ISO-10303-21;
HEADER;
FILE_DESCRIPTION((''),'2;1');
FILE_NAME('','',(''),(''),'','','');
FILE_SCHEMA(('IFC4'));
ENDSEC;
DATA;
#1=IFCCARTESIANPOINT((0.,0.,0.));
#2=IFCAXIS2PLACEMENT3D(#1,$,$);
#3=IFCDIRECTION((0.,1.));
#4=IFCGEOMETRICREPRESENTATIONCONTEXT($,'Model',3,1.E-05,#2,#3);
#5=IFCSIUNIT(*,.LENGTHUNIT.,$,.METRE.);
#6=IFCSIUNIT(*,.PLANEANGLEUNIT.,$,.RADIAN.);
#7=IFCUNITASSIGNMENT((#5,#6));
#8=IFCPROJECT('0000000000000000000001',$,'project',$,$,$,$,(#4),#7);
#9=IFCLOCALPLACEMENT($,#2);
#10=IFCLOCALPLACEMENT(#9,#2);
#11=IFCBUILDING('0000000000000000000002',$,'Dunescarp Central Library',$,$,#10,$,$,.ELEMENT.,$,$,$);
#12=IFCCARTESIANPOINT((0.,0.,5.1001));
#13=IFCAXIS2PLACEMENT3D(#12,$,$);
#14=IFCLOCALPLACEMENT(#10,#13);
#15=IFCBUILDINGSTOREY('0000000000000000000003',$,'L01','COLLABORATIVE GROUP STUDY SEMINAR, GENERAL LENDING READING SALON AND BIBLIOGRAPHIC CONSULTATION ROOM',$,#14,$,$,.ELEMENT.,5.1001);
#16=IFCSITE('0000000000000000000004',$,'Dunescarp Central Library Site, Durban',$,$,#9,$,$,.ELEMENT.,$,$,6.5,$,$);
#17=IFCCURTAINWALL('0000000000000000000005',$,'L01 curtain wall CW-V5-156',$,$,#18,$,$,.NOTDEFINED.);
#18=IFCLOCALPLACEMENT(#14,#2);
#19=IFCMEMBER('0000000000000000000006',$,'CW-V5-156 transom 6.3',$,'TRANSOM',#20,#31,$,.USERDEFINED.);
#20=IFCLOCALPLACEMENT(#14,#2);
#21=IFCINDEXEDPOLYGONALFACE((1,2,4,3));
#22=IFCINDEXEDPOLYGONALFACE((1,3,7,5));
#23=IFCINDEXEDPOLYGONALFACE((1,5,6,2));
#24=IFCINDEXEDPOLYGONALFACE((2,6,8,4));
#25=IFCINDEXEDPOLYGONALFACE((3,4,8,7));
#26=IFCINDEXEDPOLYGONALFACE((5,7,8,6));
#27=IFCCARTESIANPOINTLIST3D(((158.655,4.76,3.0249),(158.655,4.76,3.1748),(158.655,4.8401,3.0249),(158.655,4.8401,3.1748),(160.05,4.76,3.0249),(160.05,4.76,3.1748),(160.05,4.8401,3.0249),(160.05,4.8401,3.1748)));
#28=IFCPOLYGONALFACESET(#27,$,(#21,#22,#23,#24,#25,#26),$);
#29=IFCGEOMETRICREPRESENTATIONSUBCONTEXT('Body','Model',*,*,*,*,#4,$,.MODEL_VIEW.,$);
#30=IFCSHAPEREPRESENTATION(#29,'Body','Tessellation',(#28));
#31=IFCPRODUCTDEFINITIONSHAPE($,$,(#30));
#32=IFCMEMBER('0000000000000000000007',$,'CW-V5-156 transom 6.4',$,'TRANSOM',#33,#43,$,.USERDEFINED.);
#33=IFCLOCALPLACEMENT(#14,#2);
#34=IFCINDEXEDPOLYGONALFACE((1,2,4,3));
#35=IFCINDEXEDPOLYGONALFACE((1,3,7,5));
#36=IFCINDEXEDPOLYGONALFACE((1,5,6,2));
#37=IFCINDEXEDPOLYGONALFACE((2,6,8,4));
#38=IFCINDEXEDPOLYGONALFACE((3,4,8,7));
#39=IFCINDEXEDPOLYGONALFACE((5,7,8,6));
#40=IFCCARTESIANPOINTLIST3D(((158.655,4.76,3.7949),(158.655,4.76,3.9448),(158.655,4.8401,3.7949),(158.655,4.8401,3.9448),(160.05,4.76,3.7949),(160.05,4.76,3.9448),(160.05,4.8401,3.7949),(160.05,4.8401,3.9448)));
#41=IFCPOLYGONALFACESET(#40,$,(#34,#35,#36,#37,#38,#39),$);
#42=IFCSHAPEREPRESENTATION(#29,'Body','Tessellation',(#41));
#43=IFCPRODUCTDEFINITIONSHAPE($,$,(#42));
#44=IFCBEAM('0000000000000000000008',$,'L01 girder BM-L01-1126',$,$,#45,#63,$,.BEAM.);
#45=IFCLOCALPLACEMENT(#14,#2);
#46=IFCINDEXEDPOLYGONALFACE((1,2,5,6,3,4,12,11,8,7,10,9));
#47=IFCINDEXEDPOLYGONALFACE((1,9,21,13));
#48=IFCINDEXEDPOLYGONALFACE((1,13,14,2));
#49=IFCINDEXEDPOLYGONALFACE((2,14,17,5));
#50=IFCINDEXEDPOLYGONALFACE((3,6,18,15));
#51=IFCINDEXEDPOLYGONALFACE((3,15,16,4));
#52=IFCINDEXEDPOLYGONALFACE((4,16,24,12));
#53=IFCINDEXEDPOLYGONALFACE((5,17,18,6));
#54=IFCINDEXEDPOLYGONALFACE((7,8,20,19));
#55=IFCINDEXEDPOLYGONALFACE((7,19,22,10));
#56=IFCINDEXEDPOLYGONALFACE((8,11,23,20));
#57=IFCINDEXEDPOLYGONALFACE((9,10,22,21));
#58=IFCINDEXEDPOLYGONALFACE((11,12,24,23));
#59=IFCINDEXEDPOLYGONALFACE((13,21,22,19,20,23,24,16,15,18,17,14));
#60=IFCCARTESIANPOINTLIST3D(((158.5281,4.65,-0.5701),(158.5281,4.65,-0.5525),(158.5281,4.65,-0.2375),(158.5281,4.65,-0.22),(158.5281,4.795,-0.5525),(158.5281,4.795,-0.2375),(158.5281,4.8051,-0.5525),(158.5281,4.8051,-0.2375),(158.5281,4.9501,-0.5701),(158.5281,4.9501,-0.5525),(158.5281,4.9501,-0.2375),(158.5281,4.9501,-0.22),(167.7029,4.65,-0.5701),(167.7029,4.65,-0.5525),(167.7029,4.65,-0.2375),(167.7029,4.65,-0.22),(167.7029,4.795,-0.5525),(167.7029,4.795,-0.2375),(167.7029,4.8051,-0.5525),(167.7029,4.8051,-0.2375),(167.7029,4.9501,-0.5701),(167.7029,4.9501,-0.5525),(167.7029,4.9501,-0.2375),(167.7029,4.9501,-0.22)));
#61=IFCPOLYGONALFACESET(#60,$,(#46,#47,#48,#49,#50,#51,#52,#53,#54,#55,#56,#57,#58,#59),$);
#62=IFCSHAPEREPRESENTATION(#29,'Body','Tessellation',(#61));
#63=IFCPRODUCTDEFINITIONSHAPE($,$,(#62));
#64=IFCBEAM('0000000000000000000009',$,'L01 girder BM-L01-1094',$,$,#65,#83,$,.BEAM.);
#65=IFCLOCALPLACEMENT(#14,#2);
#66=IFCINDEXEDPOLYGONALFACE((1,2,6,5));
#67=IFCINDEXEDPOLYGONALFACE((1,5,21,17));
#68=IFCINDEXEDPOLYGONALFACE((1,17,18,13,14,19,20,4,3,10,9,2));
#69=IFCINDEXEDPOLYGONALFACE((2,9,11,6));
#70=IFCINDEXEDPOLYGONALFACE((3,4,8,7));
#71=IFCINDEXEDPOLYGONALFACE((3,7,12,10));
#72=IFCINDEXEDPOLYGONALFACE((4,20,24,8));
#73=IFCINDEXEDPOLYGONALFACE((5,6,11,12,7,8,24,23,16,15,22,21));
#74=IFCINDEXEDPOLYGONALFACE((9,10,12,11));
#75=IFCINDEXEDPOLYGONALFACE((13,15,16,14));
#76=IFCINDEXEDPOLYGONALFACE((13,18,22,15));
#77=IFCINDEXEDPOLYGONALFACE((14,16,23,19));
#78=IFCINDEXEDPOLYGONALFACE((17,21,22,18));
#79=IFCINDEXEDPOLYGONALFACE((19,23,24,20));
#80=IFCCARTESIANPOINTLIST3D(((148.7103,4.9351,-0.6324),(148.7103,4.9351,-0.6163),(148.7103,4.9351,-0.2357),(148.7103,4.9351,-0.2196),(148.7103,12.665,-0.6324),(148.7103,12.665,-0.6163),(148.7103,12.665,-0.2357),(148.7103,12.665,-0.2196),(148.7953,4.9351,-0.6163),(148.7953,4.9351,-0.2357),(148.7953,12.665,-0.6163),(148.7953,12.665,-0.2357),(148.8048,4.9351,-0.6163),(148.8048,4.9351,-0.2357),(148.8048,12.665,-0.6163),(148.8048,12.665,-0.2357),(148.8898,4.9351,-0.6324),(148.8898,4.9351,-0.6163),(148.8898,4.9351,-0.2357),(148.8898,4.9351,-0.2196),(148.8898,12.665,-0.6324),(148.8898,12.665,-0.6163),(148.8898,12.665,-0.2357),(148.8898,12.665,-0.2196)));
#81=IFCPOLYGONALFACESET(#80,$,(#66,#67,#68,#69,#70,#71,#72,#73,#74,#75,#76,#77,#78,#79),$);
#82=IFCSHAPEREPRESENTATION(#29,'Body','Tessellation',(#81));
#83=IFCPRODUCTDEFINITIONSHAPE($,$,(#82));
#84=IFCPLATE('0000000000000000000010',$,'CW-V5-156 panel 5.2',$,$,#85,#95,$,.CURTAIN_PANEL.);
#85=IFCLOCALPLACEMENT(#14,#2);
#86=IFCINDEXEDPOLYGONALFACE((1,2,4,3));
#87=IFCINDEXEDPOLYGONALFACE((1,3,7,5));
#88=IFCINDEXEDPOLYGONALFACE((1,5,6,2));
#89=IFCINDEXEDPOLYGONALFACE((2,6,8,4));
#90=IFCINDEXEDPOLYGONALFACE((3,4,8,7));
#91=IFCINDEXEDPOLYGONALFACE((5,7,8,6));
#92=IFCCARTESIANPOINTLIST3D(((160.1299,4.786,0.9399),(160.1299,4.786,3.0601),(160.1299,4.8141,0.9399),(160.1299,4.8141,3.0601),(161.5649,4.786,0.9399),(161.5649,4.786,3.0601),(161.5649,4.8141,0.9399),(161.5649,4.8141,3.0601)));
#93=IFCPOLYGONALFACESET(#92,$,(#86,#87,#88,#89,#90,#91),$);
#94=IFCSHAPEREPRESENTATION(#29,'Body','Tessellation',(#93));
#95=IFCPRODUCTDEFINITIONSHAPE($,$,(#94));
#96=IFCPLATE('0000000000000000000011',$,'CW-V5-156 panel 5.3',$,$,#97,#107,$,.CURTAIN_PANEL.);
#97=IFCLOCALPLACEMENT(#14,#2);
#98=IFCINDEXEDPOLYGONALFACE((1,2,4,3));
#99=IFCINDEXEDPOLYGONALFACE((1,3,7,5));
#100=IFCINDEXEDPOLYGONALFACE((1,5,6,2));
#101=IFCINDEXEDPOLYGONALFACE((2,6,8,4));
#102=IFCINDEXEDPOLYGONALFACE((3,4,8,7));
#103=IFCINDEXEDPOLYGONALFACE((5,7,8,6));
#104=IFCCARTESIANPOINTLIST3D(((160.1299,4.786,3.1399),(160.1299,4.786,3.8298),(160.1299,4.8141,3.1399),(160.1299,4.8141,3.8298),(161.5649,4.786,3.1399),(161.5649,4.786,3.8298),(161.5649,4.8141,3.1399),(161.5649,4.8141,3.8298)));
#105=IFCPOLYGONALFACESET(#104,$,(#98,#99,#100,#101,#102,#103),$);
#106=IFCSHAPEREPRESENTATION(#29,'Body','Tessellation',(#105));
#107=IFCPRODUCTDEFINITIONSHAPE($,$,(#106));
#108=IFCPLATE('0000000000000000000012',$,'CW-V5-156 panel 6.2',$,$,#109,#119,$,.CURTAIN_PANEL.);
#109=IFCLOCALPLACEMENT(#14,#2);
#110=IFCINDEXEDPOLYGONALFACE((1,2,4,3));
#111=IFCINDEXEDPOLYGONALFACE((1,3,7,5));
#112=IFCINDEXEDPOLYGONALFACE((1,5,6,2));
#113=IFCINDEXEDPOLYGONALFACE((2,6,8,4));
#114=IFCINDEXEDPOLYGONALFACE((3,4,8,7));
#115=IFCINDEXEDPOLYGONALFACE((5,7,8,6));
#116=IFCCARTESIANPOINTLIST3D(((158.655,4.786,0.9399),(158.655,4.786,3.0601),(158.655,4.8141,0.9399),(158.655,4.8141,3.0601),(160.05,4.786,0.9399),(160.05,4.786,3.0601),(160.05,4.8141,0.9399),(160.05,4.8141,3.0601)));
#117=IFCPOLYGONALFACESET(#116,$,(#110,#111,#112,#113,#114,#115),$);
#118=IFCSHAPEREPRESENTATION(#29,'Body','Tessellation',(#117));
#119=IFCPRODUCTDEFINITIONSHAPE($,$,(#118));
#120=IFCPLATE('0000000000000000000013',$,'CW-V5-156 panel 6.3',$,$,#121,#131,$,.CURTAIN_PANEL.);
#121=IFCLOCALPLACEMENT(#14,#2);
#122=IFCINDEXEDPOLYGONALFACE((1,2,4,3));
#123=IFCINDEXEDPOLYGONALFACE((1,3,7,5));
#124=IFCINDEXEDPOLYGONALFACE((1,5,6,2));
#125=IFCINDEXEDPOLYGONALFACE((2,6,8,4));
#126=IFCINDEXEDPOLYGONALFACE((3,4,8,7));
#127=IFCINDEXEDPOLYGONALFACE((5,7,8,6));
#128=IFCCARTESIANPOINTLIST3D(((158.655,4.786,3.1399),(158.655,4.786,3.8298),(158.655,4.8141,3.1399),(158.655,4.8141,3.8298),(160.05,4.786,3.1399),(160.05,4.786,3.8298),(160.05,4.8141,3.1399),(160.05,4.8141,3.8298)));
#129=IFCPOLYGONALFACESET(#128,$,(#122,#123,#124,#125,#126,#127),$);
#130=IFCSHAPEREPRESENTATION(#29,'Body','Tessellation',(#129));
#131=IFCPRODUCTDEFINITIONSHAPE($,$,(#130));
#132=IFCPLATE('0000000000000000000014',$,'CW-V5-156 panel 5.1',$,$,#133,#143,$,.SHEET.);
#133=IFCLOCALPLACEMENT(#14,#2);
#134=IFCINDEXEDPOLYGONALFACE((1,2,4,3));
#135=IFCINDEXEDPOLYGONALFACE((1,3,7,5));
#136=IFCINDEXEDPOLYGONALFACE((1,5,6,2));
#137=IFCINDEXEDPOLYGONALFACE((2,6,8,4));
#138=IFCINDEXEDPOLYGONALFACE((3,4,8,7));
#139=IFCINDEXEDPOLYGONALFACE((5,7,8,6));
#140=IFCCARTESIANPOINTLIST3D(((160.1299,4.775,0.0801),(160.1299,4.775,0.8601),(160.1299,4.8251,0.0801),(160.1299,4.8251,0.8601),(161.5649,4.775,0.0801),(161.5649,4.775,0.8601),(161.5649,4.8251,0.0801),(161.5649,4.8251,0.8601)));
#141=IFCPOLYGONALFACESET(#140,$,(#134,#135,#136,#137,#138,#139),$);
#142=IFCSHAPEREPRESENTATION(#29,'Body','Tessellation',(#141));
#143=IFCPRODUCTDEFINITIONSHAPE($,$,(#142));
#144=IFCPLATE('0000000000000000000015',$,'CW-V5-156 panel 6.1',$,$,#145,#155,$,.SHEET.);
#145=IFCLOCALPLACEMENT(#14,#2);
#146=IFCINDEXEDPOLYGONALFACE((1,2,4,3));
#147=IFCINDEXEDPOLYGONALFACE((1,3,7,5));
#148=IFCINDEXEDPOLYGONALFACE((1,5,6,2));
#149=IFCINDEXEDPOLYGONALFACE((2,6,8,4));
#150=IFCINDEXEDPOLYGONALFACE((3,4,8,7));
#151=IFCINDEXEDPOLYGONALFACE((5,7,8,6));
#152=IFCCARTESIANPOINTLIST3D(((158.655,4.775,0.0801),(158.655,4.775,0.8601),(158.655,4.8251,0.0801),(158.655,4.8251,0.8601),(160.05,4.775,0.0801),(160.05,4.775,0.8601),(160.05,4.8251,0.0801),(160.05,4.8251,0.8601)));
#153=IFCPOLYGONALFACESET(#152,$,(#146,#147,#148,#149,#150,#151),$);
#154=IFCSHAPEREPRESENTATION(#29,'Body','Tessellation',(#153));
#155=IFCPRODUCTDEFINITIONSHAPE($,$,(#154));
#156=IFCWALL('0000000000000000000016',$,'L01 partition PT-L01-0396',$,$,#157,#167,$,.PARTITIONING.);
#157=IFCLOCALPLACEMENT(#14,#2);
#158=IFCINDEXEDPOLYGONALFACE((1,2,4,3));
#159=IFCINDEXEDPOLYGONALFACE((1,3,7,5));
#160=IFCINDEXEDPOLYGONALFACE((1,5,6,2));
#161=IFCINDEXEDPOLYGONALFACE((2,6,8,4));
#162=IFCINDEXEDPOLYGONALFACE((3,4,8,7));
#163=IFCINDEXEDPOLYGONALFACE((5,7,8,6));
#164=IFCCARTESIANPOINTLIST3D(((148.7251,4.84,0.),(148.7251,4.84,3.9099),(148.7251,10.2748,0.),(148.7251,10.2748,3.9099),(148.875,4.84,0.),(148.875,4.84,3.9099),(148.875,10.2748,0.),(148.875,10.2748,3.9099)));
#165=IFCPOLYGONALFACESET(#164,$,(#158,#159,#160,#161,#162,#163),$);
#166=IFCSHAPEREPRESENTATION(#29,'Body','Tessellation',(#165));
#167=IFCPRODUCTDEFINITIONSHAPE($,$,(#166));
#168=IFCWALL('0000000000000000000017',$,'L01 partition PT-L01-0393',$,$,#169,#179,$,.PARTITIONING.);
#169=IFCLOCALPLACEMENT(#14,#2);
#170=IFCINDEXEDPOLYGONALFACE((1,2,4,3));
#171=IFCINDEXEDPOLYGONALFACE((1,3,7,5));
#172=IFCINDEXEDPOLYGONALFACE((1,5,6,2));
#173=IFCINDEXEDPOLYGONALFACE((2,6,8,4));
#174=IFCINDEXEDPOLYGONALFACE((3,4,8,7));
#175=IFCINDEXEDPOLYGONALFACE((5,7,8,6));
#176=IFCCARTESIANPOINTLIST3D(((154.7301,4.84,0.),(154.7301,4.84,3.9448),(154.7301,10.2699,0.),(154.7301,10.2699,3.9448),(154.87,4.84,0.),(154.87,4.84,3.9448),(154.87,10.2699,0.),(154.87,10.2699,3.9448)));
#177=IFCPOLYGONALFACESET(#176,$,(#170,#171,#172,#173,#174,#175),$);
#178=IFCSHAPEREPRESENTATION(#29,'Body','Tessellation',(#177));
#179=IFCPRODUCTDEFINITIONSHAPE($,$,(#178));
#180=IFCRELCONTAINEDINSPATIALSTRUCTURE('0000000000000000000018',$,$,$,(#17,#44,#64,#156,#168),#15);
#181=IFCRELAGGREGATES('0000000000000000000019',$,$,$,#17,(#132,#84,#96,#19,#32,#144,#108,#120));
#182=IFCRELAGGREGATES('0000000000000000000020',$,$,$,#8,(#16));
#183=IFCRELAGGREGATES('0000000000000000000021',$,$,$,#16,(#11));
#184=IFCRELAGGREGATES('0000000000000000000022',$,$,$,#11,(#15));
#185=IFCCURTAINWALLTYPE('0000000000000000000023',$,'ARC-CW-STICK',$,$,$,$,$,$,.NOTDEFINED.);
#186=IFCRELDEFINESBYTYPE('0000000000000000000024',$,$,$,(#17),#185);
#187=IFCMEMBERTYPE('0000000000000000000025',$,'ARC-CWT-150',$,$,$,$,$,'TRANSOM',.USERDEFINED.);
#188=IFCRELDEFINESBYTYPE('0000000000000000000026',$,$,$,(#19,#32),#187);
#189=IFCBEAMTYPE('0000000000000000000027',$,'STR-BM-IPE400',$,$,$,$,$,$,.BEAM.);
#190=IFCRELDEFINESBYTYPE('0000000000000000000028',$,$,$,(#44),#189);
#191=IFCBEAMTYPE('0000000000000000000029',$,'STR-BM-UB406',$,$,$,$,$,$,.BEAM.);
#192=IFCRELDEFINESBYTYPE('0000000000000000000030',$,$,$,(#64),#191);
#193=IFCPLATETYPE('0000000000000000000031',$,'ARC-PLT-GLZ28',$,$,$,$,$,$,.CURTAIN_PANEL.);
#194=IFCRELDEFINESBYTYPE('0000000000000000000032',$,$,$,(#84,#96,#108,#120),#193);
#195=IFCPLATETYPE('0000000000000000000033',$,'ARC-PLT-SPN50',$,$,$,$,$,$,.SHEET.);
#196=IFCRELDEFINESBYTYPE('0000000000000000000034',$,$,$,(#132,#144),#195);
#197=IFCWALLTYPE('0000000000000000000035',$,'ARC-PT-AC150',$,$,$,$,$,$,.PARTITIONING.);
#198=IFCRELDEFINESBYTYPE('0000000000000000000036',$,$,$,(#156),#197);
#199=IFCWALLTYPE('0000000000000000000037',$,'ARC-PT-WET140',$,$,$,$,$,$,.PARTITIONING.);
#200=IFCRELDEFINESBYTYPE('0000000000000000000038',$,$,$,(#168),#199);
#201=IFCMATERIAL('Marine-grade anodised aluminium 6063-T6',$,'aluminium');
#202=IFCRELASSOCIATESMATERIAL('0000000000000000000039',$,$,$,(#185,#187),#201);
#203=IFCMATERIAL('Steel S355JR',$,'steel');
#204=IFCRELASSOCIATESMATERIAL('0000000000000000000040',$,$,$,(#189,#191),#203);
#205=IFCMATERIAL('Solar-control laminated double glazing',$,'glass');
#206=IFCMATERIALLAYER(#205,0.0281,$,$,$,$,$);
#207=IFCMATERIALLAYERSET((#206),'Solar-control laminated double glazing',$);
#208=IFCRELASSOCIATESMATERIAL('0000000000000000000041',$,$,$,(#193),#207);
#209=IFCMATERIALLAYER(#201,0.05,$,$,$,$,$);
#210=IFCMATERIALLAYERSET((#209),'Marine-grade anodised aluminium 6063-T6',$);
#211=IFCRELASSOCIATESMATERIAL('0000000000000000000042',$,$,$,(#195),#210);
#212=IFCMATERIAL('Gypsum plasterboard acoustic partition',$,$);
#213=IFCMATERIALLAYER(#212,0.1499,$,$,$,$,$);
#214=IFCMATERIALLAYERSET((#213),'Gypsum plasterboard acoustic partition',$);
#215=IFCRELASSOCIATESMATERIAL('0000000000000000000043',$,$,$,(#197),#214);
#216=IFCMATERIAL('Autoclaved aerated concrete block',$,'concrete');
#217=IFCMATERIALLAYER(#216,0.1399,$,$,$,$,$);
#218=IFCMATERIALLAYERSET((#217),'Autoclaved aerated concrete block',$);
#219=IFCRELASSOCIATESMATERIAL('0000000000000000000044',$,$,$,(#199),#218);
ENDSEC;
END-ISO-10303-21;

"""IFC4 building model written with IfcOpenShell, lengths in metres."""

from ifc_helpers import new_model, si_unit, direction, frame, frame_2d, origin, origin_2d, place, context, subcontext, project, spatial, rectangle, i_section, extrude, material, layer, layer_set, material_profile, profile_set, type_object, element, aggregate, save


model = new_model("IFC4")

# Units and contexts
model_context = context("Model", 3, precision=1e-05, world=origin(), true_north=direction((0.0, 1.0)))
body_context = subcontext(model_context, "Body", "Model", "MODEL_VIEW")
ifc_project = project(units=[si_unit("LENGTHUNIT", "METRE"), si_unit("PLANEANGLEUNIT", "RADIAN")], contexts=[model_context])

# Site, building, storey
site_placement = place(None, origin())
site = spatial("IfcSite", under=ifc_project, at=site_placement, Name="Dunescarp Central Library Site, Durban", CompositionType="ELEMENT", RefElevation=6.5)
building_placement = place(site_placement, origin())
building = spatial("IfcBuilding", under=site, at=building_placement, Name="Dunescarp Central Library", CompositionType="ELEMENT")
storey_placement = place(building_placement, frame((0.0, 0.0, 5.1001)))
storey = spatial("IfcBuildingStorey", under=building, at=storey_placement, Name="L01", Description="COLLABORATIVE GROUP STUDY SEMINAR, GENERAL LENDING READING SALON AND BIBLIOGRAPHIC CONSULTATION ROOM", CompositionType="ELEMENT", Elevation=5.1001)

# Shared definitions
ifc_material_1 = material(Name="Steel S355JR", Category="steel")

# Shared definitions
ifc_material_2 = material(Name="Marine-grade anodised aluminium 6063-T6", Category="aluminium")
curtain_wall_type = type_object("IfcCurtainWallType", Name="ARC-CW-STICK", PredefinedType="NOTDEFINED", material=ifc_material_2)

# Curtain wall
curtain_wall_1_placement = place(storey_placement, origin())
curtain_wall_1 = element("IfcCurtainWall", 1, at=curtain_wall_1_placement, inside=storey, type_object=curtain_wall_type, Name="L01 curtain wall CW-V5-156", PredefinedType="NOTDEFINED")

# Members
ifc_material_profile_1 = material_profile(ifc_material_2, rectangle(XDim=0.0801, YDim=0.1499, at=origin_2d()), Name="AL 80x150")
ifc_profile_set_1 = profile_set([ifc_material_profile_1], Name="Marine-grade anodised aluminium 6063-T6")
member_type_1 = type_object("IfcMemberType", Name="ARC-CWT-150", ElementType="TRANSOM", PredefinedType="USERDEFINED", material=ifc_profile_set_1)
member_1_placement = place(storey_placement, frame((160.05, 4.8, 3.0999), z_axis=(-1.0, 0.0, 0.0), x_axis=(0.0, -1.0, 0.0)))
member_1 = element("IfcMember", 2, at=member_1_placement, type_object=member_type_1, Name="CW-V5-156 transom 6.3", ObjectType="TRANSOM", PredefinedType="USERDEFINED", context=body_context, shape_type="SweptSolid", body=[
    extrude(rectangle(XDim=0.0801, YDim=0.1499, at=origin_2d()), origin(), (0.0, 0.0, 1.0), 1.395),
])
member_2_placement = place(storey_placement, frame((160.05, 4.8, 3.8699), z_axis=(-1.0, 0.0, 0.0), x_axis=(0.0, -1.0, 0.0)))
member_2 = element("IfcMember", 3, at=member_2_placement, type_object=member_type_1, Name="CW-V5-156 transom 6.4", ObjectType="TRANSOM", PredefinedType="USERDEFINED", context=body_context, shape_type="SweptSolid", body=[
    extrude(rectangle(XDim=0.0801, YDim=0.1499, at=origin_2d()), origin(), (0.0, 0.0, 1.0), 1.395),
])

# Beams
ifc_material_profile_2 = material_profile(ifc_material_1, i_section(OverallWidth=0.3, OverallDepth=0.3501, WebThickness=0.01, FlangeThickness=0.0176, at=origin_2d()), Name="HEA 360")
ifc_profile_set_2 = profile_set([ifc_material_profile_2], Name="Steel S355JR")
beam_type_1 = type_object("IfcBeamType", Name="STR-BM-IPE400", PredefinedType="BEAM", material=ifc_profile_set_2)
beam_1_placement = place(storey_placement, frame((158.5281, 4.8, -0.395), z_axis=(1.0, 0.0, 0.0), x_axis=(0.0, 1.0, 0.0)))
element("IfcBeam", 4, at=beam_1_placement, inside=storey, type_object=beam_type_1, Name="L01 girder BM-L01-1126", PredefinedType="BEAM", context=body_context, shape_type="SweptSolid", body=[
    extrude(i_section(OverallWidth=0.3, OverallDepth=0.3501, WebThickness=0.01, FlangeThickness=0.0176, at=origin_2d()), origin(), (0.0, 0.0, 1.0), 9.1748),
])
ifc_material_profile_3 = material_profile(ifc_material_1, i_section(OverallWidth=0.1794, OverallDepth=0.4128, WebThickness=0.0095, FlangeThickness=0.0161, at=origin_2d()), Name="UB 406x178x74")
ifc_profile_set_3 = profile_set([ifc_material_profile_3], Name="Steel S355JR")
beam_type_2 = type_object("IfcBeamType", Name="STR-BM-UB406", PredefinedType="BEAM", material=ifc_profile_set_3)
beam_2_placement = place(storey_placement, frame((148.8, 4.9351, -0.426), z_axis=(0.0, 1.0, 0.0), x_axis=(-1.0, 0.0, 0.0)))
element("IfcBeam", 5, at=beam_2_placement, inside=storey, type_object=beam_type_2, Name="L01 girder BM-L01-1094", PredefinedType="BEAM", context=body_context, shape_type="SweptSolid", body=[
    extrude(i_section(OverallWidth=0.1794, OverallDepth=0.4128, WebThickness=0.0095, FlangeThickness=0.0161, at=origin_2d()), origin(), (0.0, 0.0, 1.0), 7.73),
])

# Plates
ifc_material_3 = material(Name="Solar-control laminated double glazing", Category="glass")
ifc_layer_1 = layer(ifc_material_3, 0.0281)
ifc_layer_set_1 = layer_set([ifc_layer_1], Name="Solar-control laminated double glazing")
plate_type_1 = type_object("IfcPlateType", Name="ARC-PLT-GLZ28", PredefinedType="CURTAIN_PANEL", material=ifc_layer_set_1)
plate_1_placement = place(storey_placement, frame((160.8474, 4.8, 0.9399), z_axis=(0.0, 0.0, 1.0), x_axis=(-1.0, 0.0, 0.0)))
plate_1 = element("IfcPlate", 6, at=plate_1_placement, type_object=plate_type_1, Name="CW-V5-156 panel 5.2", PredefinedType="CURTAIN_PANEL", context=body_context, shape_type="SweptSolid", body=[
    extrude(rectangle(XDim=1.4351, YDim=0.0281, at=origin_2d()), origin(), (0.0, 0.0, 1.0), 2.1201),
])
plate_2_placement = place(storey_placement, frame((160.8474, 4.8, 3.1399), z_axis=(0.0, 0.0, 1.0), x_axis=(-1.0, 0.0, 0.0)))
plate_2 = element("IfcPlate", 7, at=plate_2_placement, type_object=plate_type_1, Name="CW-V5-156 panel 5.3", PredefinedType="CURTAIN_PANEL", context=body_context, shape_type="SweptSolid", body=[
    extrude(rectangle(XDim=1.4351, YDim=0.0281, at=origin_2d()), origin(), (0.0, 0.0, 1.0), 0.6899),
])
plate_3_placement = place(storey_placement, frame((159.3525, 4.8, 0.9399), z_axis=(0.0, 0.0, 1.0), x_axis=(-1.0, 0.0, 0.0)))
plate_3 = element("IfcPlate", 8, at=plate_3_placement, type_object=plate_type_1, Name="CW-V5-156 panel 6.2", PredefinedType="CURTAIN_PANEL", context=body_context, shape_type="SweptSolid", body=[
    extrude(rectangle(XDim=1.395, YDim=0.0281, at=origin_2d()), origin(), (0.0, 0.0, 1.0), 2.1201),
])
plate_4_placement = place(storey_placement, frame((159.3525, 4.8, 3.1399), z_axis=(0.0, 0.0, 1.0), x_axis=(-1.0, 0.0, 0.0)))
plate_4 = element("IfcPlate", 9, at=plate_4_placement, type_object=plate_type_1, Name="CW-V5-156 panel 6.3", PredefinedType="CURTAIN_PANEL", context=body_context, shape_type="SweptSolid", body=[
    extrude(rectangle(XDim=1.395, YDim=0.0281, at=origin_2d()), origin(), (0.0, 0.0, 1.0), 0.6899),
])
ifc_layer_2 = layer(ifc_material_2, 0.05)
ifc_layer_set_2 = layer_set([ifc_layer_2], Name="Marine-grade anodised aluminium 6063-T6")
plate_type_2 = type_object("IfcPlateType", Name="ARC-PLT-SPN50", PredefinedType="SHEET", material=ifc_layer_set_2)
plate_5_placement = place(storey_placement, frame((160.8474, 4.8, 0.0801), z_axis=(0.0, 0.0, 1.0), x_axis=(-1.0, 0.0, 0.0)))
plate_5 = element("IfcPlate", 10, at=plate_5_placement, type_object=plate_type_2, Name="CW-V5-156 panel 5.1", PredefinedType="SHEET", context=body_context, shape_type="SweptSolid", body=[
    extrude(rectangle(XDim=1.4351, YDim=0.05, at=origin_2d()), origin(), (0.0, 0.0, 1.0), 0.78),
])
plate_6_placement = place(storey_placement, frame((159.3525, 4.8, 0.0801), z_axis=(0.0, 0.0, 1.0), x_axis=(-1.0, 0.0, 0.0)))
plate_6 = element("IfcPlate", 11, at=plate_6_placement, type_object=plate_type_2, Name="CW-V5-156 panel 6.1", PredefinedType="SHEET", context=body_context, shape_type="SweptSolid", body=[
    extrude(rectangle(XDim=1.395, YDim=0.05, at=origin_2d()), origin(), (0.0, 0.0, 1.0), 0.78),
])
aggregate(curtain_wall_1, [plate_5, plate_1, plate_2, member_1, member_2, plate_6, plate_3, plate_4])

# Walls
ifc_material_4 = material(Name="Gypsum plasterboard acoustic partition")
ifc_layer_3 = layer(ifc_material_4, 0.1499)
ifc_layer_set_3 = layer_set([ifc_layer_3], Name="Gypsum plasterboard acoustic partition")
wall_type_1 = type_object("IfcWallType", Name="ARC-PT-AC150", PredefinedType="PARTITIONING", material=ifc_layer_set_3)
wall_placement = place(storey_placement, frame((148.8, 4.8401, 0.0), z_axis=(0.0, 0.0, 1.0), x_axis=(0.0, 1.0, 0.0)))
element("IfcWall", 12, at=wall_placement, inside=storey, type_object=wall_type_1, Name="L01 partition PT-L01-0396", PredefinedType="PARTITIONING", context=body_context, shape_type="SweptSolid", body=[
    extrude(rectangle(XDim=5.4348, YDim=0.1499, at=frame_2d((2.7173, 0.0))), origin(), (0.0, 0.0, 1.0), 3.9099),
])
ifc_material_5 = material(Name="Autoclaved aerated concrete block", Category="concrete")
ifc_layer_4 = layer(ifc_material_5, 0.1399)
ifc_layer_set_4 = layer_set([ifc_layer_4], Name="Autoclaved aerated concrete block")
wall_type_2 = type_object("IfcWallType", Name="ARC-PT-WET140", PredefinedType="PARTITIONING", material=ifc_layer_set_4)
for number, where, z_axis, x_axis, name in (
    (13, (154.8, 4.8401, 0.0), (0.0, 0.0, 1.0), (0.0, 1.0, 0.0), "L01 partition PT-L01-0393"),
):
    element("IfcWall", number, at=place(storey_placement, frame(where, z_axis=z_axis, x_axis=x_axis)), inside=storey, type_object=wall_type_2, Name=name, PredefinedType="PARTITIONING", context=body_context, shape_type="SweptSolid", body=[
        extrude(rectangle(XDim=5.4299, YDim=0.1399, at=frame_2d((2.7148, 0.0))), origin(), (0.0, 0.0, 1.0), 3.9448),
    ])

save(model, "model.ifc")
